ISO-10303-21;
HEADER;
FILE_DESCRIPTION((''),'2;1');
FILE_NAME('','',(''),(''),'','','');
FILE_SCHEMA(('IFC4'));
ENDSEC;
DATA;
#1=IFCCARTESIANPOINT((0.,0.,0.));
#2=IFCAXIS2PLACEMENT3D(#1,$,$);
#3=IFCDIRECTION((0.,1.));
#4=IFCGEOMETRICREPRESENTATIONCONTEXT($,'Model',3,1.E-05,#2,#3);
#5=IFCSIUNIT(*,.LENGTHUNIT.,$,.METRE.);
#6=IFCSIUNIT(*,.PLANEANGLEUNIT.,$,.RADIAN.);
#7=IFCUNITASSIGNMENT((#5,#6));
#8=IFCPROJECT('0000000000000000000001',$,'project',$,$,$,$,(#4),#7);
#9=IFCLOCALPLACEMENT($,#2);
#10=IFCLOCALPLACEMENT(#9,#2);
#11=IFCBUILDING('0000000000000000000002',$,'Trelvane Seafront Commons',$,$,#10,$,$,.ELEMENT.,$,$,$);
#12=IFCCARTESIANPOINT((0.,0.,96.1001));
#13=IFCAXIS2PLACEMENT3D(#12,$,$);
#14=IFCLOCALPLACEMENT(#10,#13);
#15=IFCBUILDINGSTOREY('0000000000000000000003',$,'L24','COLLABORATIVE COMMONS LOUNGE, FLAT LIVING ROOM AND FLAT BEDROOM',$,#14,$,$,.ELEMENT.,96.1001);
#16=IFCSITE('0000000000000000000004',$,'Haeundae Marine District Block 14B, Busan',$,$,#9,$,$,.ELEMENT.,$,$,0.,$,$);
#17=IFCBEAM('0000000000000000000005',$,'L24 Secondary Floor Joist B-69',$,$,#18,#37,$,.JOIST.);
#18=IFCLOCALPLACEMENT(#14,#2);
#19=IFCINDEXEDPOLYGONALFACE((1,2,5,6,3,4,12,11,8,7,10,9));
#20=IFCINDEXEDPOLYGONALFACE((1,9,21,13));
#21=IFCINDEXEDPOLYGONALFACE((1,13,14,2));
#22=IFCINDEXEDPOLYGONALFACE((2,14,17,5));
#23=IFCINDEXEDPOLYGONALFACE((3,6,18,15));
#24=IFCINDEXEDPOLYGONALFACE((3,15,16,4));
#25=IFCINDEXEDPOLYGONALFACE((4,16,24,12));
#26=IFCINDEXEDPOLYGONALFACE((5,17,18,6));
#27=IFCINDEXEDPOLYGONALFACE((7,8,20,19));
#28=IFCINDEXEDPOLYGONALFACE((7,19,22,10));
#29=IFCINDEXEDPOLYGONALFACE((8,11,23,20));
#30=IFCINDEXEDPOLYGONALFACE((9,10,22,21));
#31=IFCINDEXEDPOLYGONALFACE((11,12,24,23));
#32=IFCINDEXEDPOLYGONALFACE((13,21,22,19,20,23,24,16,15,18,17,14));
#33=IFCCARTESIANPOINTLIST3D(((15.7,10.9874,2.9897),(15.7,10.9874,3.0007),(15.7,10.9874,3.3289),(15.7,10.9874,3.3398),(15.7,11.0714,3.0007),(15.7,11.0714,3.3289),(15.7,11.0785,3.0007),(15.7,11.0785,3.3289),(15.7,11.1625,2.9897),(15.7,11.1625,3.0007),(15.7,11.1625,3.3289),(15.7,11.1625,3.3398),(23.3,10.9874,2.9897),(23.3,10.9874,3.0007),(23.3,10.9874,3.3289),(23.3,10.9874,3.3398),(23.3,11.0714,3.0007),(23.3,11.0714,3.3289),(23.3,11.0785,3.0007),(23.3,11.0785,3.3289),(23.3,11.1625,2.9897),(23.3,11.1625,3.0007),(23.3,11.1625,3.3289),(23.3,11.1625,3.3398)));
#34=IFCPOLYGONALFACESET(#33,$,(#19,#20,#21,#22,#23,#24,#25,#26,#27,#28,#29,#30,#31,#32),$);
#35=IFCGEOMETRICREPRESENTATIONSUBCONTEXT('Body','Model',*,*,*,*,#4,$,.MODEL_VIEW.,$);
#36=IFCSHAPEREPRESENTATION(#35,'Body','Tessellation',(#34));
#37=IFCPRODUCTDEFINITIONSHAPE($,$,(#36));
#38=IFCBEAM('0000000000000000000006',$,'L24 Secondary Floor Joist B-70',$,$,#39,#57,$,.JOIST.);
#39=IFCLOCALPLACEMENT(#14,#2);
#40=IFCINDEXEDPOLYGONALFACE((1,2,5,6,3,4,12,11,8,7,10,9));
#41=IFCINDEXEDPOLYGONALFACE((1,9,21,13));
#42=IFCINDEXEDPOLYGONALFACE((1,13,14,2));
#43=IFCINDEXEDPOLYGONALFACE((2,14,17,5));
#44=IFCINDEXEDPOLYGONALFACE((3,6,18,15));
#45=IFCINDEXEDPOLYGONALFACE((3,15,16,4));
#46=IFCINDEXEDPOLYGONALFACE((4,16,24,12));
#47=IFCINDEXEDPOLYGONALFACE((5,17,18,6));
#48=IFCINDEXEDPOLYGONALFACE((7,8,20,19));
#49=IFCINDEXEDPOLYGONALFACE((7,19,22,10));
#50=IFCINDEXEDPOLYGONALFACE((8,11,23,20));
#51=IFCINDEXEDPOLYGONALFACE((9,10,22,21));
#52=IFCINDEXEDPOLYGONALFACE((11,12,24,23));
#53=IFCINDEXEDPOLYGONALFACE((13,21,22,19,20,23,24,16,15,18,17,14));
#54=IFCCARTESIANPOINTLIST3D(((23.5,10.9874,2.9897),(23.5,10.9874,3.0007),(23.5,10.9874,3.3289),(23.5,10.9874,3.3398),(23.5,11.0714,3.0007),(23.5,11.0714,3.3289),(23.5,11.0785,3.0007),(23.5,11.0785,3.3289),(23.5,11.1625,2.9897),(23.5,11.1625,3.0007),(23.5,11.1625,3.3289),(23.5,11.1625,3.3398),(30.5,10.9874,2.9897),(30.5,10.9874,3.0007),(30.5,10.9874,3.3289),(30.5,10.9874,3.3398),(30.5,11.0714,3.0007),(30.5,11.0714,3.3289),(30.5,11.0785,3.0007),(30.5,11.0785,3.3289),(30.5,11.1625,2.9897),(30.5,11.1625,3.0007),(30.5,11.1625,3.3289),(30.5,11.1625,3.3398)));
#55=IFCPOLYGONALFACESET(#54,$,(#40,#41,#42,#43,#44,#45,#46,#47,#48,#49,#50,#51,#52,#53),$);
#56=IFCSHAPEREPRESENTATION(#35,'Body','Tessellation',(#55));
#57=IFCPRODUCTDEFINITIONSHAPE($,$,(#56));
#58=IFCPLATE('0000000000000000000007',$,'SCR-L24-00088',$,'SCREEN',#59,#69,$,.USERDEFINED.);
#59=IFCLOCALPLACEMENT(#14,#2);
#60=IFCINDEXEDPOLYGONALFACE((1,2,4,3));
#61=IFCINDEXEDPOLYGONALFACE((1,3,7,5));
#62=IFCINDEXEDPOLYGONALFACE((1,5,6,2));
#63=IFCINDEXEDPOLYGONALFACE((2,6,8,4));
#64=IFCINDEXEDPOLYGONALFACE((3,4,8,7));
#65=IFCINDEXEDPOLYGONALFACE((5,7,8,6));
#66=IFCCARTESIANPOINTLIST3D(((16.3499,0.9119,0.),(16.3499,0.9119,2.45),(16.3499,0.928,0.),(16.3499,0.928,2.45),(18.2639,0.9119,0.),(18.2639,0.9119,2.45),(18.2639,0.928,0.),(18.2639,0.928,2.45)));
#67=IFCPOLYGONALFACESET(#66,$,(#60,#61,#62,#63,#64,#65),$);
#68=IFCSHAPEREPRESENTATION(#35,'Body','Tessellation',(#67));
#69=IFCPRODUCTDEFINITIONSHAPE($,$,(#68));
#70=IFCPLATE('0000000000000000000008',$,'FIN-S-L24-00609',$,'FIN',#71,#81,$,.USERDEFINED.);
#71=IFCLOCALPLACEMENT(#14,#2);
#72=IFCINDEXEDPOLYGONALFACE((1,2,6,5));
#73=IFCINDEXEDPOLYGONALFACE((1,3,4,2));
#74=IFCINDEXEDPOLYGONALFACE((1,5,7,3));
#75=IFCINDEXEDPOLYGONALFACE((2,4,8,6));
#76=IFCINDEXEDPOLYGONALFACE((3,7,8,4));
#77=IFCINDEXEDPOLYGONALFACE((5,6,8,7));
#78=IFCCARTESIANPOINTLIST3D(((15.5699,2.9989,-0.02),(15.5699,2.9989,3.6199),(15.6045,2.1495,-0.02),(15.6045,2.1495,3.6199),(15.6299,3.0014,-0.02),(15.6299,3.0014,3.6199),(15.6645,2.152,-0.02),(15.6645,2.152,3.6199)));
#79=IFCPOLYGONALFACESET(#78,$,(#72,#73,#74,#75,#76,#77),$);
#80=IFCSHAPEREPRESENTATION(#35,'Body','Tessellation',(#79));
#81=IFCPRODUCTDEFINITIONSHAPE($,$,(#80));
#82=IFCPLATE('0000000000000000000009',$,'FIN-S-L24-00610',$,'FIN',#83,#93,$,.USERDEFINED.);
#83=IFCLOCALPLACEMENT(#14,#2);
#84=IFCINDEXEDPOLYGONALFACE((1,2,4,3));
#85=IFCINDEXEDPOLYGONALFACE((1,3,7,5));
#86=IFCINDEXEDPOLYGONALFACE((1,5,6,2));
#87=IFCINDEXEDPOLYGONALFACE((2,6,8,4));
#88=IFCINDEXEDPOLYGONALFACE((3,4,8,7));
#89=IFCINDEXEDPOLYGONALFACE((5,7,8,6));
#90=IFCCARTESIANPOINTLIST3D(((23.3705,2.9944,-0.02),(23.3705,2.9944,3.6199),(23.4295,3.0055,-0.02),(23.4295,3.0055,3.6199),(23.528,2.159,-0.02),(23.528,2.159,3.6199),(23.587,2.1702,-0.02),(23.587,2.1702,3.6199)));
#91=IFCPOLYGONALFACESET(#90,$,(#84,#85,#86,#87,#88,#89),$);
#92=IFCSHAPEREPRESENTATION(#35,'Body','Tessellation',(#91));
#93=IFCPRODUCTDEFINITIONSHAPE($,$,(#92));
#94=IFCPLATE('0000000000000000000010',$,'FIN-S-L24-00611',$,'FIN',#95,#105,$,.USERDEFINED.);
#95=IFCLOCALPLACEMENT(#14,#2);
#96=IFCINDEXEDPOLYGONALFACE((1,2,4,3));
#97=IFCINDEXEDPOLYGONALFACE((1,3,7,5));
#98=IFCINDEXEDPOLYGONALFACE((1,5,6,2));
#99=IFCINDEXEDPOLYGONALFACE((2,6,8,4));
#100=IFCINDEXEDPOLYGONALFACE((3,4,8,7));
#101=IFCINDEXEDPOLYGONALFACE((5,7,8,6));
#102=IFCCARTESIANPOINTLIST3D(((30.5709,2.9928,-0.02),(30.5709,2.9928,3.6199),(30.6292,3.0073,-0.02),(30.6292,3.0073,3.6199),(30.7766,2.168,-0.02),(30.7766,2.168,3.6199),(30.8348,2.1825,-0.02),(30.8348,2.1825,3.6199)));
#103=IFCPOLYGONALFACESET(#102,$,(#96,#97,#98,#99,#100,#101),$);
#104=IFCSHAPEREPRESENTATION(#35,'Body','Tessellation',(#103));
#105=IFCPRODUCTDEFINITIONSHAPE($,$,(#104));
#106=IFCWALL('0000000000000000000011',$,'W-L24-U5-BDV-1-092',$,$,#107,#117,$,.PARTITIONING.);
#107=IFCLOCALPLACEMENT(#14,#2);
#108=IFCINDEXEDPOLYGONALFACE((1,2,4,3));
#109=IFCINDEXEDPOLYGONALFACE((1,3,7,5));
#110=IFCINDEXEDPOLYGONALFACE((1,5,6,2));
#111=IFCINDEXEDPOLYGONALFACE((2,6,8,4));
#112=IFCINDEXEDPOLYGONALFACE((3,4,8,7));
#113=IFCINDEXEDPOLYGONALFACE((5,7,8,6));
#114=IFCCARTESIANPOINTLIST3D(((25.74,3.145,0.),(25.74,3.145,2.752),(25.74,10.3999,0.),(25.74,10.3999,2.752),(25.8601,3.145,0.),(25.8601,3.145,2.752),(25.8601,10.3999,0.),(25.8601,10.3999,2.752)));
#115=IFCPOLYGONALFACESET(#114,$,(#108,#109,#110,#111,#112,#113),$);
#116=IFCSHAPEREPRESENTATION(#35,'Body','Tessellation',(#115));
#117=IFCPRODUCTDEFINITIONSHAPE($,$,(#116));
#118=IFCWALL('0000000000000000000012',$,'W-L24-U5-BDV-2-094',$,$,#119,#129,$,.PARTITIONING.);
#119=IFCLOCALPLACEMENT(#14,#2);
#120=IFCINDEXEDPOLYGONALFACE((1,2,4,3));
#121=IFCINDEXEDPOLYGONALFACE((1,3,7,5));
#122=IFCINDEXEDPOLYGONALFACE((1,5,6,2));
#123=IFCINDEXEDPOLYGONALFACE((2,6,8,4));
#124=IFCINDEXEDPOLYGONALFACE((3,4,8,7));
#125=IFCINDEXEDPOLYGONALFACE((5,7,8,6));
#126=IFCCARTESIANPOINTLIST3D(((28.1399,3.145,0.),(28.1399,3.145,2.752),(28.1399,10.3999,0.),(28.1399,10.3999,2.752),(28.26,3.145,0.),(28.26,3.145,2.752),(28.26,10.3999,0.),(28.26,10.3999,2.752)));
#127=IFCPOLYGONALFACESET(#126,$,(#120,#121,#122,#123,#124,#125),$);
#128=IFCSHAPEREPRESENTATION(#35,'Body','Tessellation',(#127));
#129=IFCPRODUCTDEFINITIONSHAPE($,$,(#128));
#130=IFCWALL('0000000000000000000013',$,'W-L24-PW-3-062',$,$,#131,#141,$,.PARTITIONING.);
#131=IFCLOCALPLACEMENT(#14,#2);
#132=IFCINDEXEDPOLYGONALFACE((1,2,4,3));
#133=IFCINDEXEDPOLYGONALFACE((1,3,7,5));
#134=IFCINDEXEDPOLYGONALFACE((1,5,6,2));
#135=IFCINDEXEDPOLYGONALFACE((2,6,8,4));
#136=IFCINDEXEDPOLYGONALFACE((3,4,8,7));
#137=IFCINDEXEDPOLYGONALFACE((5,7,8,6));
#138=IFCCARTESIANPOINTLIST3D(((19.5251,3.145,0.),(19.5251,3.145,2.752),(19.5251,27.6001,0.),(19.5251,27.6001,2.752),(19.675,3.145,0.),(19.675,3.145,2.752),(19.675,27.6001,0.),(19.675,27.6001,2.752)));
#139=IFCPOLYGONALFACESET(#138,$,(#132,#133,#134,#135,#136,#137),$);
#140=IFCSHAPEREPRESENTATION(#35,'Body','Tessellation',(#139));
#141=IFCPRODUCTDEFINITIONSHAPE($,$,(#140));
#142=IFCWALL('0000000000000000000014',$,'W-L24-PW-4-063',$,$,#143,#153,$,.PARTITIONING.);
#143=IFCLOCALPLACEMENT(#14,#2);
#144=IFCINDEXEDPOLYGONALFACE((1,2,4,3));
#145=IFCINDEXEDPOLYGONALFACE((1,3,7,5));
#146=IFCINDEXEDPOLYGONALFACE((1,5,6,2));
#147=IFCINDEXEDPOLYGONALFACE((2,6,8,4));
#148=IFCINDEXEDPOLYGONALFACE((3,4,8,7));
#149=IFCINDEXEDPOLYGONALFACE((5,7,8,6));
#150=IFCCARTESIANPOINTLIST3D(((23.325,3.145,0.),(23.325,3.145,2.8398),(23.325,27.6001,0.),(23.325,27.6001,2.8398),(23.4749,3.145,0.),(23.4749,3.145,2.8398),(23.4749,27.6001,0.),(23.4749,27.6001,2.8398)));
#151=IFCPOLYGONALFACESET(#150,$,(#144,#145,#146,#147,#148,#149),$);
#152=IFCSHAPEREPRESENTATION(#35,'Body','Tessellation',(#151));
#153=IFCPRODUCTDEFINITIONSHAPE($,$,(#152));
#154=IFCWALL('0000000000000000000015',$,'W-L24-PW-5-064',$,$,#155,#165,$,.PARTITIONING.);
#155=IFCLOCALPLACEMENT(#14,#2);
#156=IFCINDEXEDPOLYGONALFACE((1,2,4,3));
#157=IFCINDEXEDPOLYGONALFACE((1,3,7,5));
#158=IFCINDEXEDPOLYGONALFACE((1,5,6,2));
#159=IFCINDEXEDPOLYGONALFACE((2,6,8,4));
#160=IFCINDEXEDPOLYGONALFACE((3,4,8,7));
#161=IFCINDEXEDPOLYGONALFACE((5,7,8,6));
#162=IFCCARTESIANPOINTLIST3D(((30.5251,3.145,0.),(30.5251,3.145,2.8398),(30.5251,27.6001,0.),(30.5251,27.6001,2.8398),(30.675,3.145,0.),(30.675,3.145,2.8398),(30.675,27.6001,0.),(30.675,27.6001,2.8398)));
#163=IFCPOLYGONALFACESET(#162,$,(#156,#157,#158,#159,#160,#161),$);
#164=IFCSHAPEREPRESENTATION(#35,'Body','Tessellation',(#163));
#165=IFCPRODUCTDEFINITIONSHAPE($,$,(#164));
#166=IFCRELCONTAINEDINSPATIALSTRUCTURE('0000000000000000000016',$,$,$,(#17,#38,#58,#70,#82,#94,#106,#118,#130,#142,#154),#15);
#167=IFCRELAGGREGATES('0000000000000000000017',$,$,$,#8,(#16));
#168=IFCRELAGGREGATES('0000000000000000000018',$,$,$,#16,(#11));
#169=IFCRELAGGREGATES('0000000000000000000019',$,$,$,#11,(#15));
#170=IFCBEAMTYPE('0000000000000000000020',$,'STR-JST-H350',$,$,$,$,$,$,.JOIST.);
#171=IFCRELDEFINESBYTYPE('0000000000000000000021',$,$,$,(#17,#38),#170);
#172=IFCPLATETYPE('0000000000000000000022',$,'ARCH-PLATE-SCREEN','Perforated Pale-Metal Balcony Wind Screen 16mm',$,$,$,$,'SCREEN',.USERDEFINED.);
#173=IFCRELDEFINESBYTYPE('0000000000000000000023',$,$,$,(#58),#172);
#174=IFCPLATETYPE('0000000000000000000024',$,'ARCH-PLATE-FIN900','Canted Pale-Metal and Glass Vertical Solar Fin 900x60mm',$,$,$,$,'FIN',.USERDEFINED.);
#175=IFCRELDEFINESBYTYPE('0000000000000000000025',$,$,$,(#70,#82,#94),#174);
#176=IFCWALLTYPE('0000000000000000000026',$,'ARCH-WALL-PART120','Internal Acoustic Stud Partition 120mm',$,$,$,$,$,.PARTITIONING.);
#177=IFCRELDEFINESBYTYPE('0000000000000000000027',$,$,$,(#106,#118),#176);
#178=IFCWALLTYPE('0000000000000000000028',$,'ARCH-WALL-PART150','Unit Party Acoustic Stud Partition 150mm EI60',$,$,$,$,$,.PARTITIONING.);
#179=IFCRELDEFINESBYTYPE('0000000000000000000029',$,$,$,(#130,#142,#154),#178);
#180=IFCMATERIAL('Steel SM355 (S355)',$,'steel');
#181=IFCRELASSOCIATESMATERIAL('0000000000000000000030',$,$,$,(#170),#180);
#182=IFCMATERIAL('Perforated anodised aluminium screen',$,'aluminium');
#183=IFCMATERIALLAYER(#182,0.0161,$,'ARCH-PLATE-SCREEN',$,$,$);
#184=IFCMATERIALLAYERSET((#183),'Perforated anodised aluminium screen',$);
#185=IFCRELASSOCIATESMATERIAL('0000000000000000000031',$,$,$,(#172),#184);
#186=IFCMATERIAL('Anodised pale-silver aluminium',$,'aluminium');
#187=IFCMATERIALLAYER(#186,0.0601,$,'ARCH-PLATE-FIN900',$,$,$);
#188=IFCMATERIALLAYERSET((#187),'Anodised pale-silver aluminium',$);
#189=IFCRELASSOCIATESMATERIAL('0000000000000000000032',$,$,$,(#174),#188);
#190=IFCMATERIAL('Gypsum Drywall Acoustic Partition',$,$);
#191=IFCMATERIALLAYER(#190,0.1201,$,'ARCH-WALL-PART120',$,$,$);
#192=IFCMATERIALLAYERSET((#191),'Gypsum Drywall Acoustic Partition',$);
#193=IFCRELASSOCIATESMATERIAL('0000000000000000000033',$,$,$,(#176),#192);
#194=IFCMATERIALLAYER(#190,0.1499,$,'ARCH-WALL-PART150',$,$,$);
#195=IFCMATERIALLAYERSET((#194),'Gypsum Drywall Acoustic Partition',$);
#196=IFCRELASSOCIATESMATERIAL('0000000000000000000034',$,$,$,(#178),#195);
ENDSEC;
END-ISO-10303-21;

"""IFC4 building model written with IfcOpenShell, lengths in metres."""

from ifc_helpers import new_model, si_unit, direction, frame, frame_2d, origin, origin_2d, place, context, subcontext, project, spatial, rectangle, i_section, extrude, source, transform, mapped, material, layer, layer_set, material_profile, profile_set, type_object, element, save


model = new_model("IFC4")

# Units and contexts
model_context = context("Model", 3, precision=1e-05, world=origin(), true_north=direction((0.0, 1.0)))
body_context = subcontext(model_context, "Body", "Model", "MODEL_VIEW")
ifc_project = project(units=[si_unit("LENGTHUNIT", "METRE"), si_unit("PLANEANGLEUNIT", "RADIAN")], contexts=[model_context])

# Site, building, storey
site_placement = place(None, origin())
site = spatial("IfcSite", under=ifc_project, at=site_placement, Name="Haeundae Marine District Block 14B, Busan", CompositionType="ELEMENT", RefElevation=0.0)
building_placement = place(site_placement, origin())
building = spatial("IfcBuilding", under=site, at=building_placement, Name="Trelvane Seafront Commons", CompositionType="ELEMENT")
storey_placement = place(building_placement, frame((0.0, 0.0, 96.1001)))
storey = spatial("IfcBuildingStorey", under=building, at=storey_placement, Name="L24", Description="COLLABORATIVE COMMONS LOUNGE, FLAT LIVING ROOM AND FLAT BEDROOM", CompositionType="ELEMENT", Elevation=96.1001)

# Shared definitions
ifc_material_1 = material(Name="Steel SM355 (S355)", Category="steel")

# Beams
ifc_material_profile_1 = material_profile(ifc_material_1, i_section(OverallWidth=0.175, OverallDepth=0.3501, WebThickness=0.0071, FlangeThickness=0.011, at=origin_2d()), Name="H-350x175x7x11")
ifc_profile_set_1 = profile_set([ifc_material_profile_1], Name="Steel SM355 (S355)")
beam_type_1 = type_object("IfcBeamType", Name="STR-JST-H350", PredefinedType="JOIST", material=ifc_profile_set_1)
shared_shape_1 = source(origin(), body_context, "Body", "SweptSolid", [
    extrude(i_section(OverallWidth=0.175, OverallDepth=0.3501, WebThickness=0.0071, FlangeThickness=0.011, at=origin_2d()), origin(), (0.0, 0.0, 1.0), 7.6001),
])
beam_1_placement = place(storey_placement, frame((15.7, 11.075, 3.1648), z_axis=(1.0, 0.0, 0.0), x_axis=(0.0, 1.0, 0.0)))
element("IfcBeam", 1, at=beam_1_placement, inside=storey, type_object=beam_type_1, Name="L24 Secondary Floor Joist B-69", PredefinedType="JOIST", context=body_context, shape_type="MappedRepresentation", body=[
    mapped(shared_shape_1, transform((0.0, 0.0, 0.0), x_axis=(1.0, 0.0, 0.0), y_axis=(0.0, 1.0, 0.0), z_axis=(0.0, 0.0, 1.0), scale=1.0)),
])
shared_shape_2 = source(origin(), body_context, "Body", "SweptSolid", [
    extrude(i_section(OverallWidth=0.175, OverallDepth=0.3501, WebThickness=0.0071, FlangeThickness=0.011, at=origin_2d()), origin(), (0.0, 0.0, 1.0), 7.0),
])
beam_2_placement = place(storey_placement, frame((23.5, 11.075, 3.1648), z_axis=(1.0, 0.0, 0.0), x_axis=(0.0, 1.0, 0.0)))
element("IfcBeam", 2, at=beam_2_placement, inside=storey, type_object=beam_type_1, Name="L24 Secondary Floor Joist B-70", PredefinedType="JOIST", context=body_context, shape_type="MappedRepresentation", body=[
    mapped(shared_shape_2, transform((0.0, 0.0, 0.0), x_axis=(1.0, 0.0, 0.0), y_axis=(0.0, 1.0, 0.0), z_axis=(0.0, 0.0, 1.0), scale=1.0)),
])

# Plates
ifc_material_2 = material(Name="Perforated anodised aluminium screen", Category="aluminium")
ifc_layer_1 = layer(ifc_material_2, 0.0161, Name="ARCH-PLATE-SCREEN")
ifc_layer_set_1 = layer_set([ifc_layer_1], Name="Perforated anodised aluminium screen")
plate_type_1 = type_object("IfcPlateType", Name="ARCH-PLATE-SCREEN", Description="Perforated Pale-Metal Balcony Wind Screen 16mm", ElementType="SCREEN", PredefinedType="USERDEFINED", material=ifc_layer_set_1)
shared_shape_3 = source(origin(), body_context, "Body", "SweptSolid", [
    extrude(rectangle(XDim=1.9141, YDim=0.0161, at=origin_2d()), origin(), (0.0, 0.0, 1.0), 2.45),
])
plate_placement = place(storey_placement, frame((17.3069, 0.9199, 0.0), z_axis=(0.0, 0.0, 1.0), x_axis=(1.0, 0.0, 0.0)))
element("IfcPlate", 3, at=plate_placement, inside=storey, type_object=plate_type_1, Name="SCR-L24-00088", ObjectType="SCREEN", PredefinedType="USERDEFINED", context=body_context, shape_type="MappedRepresentation", body=[
    mapped(shared_shape_3, transform((0.0, 0.0, 0.0), x_axis=(1.0, 0.0, 0.0), y_axis=(0.0, 1.0, 0.0), z_axis=(0.0, 0.0, 1.0), scale=1.0)),
])
ifc_material_3 = material(Name="Anodised pale-silver aluminium", Category="aluminium")
ifc_layer_2 = layer(ifc_material_3, 0.0601, Name="ARCH-PLATE-FIN900")
ifc_layer_set_2 = layer_set([ifc_layer_2], Name="Anodised pale-silver aluminium")
plate_type_2 = type_object("IfcPlateType", Name="ARCH-PLATE-FIN900", Description="Canted Pale-Metal and Glass Vertical Solar Fin 900x60mm", ElementType="FIN", PredefinedType="USERDEFINED", material=ifc_layer_set_2)
shared_shape_4 = source(origin(), body_context, "Body", "SweptSolid", [
    extrude(rectangle(XDim=0.8501, YDim=0.0601, at=origin_2d()), origin(), (0.0, 0.0, 1.0), 3.6399),
])
for number, where, z_axis, x_axis, name in (
    (4, (15.6172, 2.5754, -0.02), (0.0, 0.0, 1.0), (0.040706, -0.999171, 0.0), "FIN-S-L24-00609"),
    (5, (23.4788, 2.5823, -0.02), (0.0, 0.0, 1.0), (0.185289, -0.982684, 0.0), "FIN-S-L24-00610"),
    (6, (30.7029, 2.5876, -0.02), (0.0, 0.0, 1.0), (0.241871, -0.970308, 0.0), "FIN-S-L24-00611"),
):
    element("IfcPlate", number, at=place(storey_placement, frame(where, z_axis=z_axis, x_axis=x_axis)), inside=storey, type_object=plate_type_2, Name=name, ObjectType="FIN", PredefinedType="USERDEFINED", context=body_context, shape_type="MappedRepresentation", body=[
        mapped(shared_shape_4, transform((0.0, 0.0, 0.0), x_axis=(1.0, 0.0, 0.0), y_axis=(0.0, 1.0, 0.0), z_axis=(0.0, 0.0, 1.0), scale=1.0)),
    ])

# Shared definitions
ifc_material_4 = material(Name="Gypsum Drywall Acoustic Partition")
ifc_layer_3 = layer(ifc_material_4, 0.1201, Name="ARCH-WALL-PART120")
ifc_layer_set_3 = layer_set([ifc_layer_3], Name="Gypsum Drywall Acoustic Partition")
wall_type_1 = type_object("IfcWallType", Name="ARCH-WALL-PART120", Description="Internal Acoustic Stud Partition 120mm", PredefinedType="PARTITIONING", material=ifc_layer_set_3)

# Wall
wall_1_placement = place(storey_placement, frame((25.8, 3.145, 0.0), z_axis=(0.0, 0.0, 1.0), x_axis=(0.0, 1.0, 0.0)))
element("IfcWall", 7, at=wall_1_placement, inside=storey, type_object=wall_type_1, Name="W-L24-U5-BDV-1-092", PredefinedType="PARTITIONING", context=body_context, shape_type="SweptSolid", body=[
    extrude(rectangle(XDim=7.2549, YDim=0.1201, at=frame_2d((3.6274, 0.0))), origin(), (0.0, 0.0, 1.0), 2.752),
])

# Walls
wall_2_placement = place(storey_placement, frame((28.2, 3.145, 0.0), z_axis=(0.0, 0.0, 1.0), x_axis=(0.0, 1.0, 0.0)))
element("IfcWall", 8, at=wall_2_placement, inside=storey, type_object=wall_type_1, Name="W-L24-U5-BDV-2-094", PredefinedType="PARTITIONING", context=body_context, shape_type="SweptSolid", body=[
    extrude(rectangle(XDim=7.2549, YDim=0.1201, at=frame_2d((3.6274, 0.0))), origin(), (0.0, 0.0, 1.0), 2.752),
])
ifc_layer_4 = layer(ifc_material_4, 0.1499, Name="ARCH-WALL-PART150")
ifc_layer_set_4 = layer_set([ifc_layer_4], Name="Gypsum Drywall Acoustic Partition")
wall_type_2 = type_object("IfcWallType", Name="ARCH-WALL-PART150", Description="Unit Party Acoustic Stud Partition 150mm EI60", PredefinedType="PARTITIONING", material=ifc_layer_set_4)
wall_3_placement = place(storey_placement, frame((19.6001, 3.145, 0.0), z_axis=(0.0, 0.0, 1.0), x_axis=(0.0, 1.0, 0.0)))
element("IfcWall", 9, at=wall_3_placement, inside=storey, type_object=wall_type_2, Name="W-L24-PW-3-062", PredefinedType="PARTITIONING", context=body_context, shape_type="SweptSolid", body=[
    extrude(rectangle(XDim=24.4551, YDim=0.1499, at=frame_2d((12.2275, 0.0))), origin(), (0.0, 0.0, 1.0), 2.752),
])
for number, where, z_axis, x_axis, name in (
    (10, (23.3999, 3.145, 0.0), (0.0, 0.0, 1.0), (0.0, 1.0, 0.0), "W-L24-PW-4-063"),
    (11, (30.6001, 3.145, 0.0), (0.0, 0.0, 1.0), (0.0, 1.0, 0.0), "W-L24-PW-5-064"),
):
    element("IfcWall", number, at=place(storey_placement, frame(where, z_axis=z_axis, x_axis=x_axis)), inside=storey, type_object=wall_type_2, Name=name, PredefinedType="PARTITIONING", context=body_context, shape_type="SweptSolid", body=[
        extrude(rectangle(XDim=24.4551, YDim=0.1499, at=frame_2d((12.2275, 0.0))), origin(), (0.0, 0.0, 1.0), 2.8398),
    ])

save(model, "model.ifc")
